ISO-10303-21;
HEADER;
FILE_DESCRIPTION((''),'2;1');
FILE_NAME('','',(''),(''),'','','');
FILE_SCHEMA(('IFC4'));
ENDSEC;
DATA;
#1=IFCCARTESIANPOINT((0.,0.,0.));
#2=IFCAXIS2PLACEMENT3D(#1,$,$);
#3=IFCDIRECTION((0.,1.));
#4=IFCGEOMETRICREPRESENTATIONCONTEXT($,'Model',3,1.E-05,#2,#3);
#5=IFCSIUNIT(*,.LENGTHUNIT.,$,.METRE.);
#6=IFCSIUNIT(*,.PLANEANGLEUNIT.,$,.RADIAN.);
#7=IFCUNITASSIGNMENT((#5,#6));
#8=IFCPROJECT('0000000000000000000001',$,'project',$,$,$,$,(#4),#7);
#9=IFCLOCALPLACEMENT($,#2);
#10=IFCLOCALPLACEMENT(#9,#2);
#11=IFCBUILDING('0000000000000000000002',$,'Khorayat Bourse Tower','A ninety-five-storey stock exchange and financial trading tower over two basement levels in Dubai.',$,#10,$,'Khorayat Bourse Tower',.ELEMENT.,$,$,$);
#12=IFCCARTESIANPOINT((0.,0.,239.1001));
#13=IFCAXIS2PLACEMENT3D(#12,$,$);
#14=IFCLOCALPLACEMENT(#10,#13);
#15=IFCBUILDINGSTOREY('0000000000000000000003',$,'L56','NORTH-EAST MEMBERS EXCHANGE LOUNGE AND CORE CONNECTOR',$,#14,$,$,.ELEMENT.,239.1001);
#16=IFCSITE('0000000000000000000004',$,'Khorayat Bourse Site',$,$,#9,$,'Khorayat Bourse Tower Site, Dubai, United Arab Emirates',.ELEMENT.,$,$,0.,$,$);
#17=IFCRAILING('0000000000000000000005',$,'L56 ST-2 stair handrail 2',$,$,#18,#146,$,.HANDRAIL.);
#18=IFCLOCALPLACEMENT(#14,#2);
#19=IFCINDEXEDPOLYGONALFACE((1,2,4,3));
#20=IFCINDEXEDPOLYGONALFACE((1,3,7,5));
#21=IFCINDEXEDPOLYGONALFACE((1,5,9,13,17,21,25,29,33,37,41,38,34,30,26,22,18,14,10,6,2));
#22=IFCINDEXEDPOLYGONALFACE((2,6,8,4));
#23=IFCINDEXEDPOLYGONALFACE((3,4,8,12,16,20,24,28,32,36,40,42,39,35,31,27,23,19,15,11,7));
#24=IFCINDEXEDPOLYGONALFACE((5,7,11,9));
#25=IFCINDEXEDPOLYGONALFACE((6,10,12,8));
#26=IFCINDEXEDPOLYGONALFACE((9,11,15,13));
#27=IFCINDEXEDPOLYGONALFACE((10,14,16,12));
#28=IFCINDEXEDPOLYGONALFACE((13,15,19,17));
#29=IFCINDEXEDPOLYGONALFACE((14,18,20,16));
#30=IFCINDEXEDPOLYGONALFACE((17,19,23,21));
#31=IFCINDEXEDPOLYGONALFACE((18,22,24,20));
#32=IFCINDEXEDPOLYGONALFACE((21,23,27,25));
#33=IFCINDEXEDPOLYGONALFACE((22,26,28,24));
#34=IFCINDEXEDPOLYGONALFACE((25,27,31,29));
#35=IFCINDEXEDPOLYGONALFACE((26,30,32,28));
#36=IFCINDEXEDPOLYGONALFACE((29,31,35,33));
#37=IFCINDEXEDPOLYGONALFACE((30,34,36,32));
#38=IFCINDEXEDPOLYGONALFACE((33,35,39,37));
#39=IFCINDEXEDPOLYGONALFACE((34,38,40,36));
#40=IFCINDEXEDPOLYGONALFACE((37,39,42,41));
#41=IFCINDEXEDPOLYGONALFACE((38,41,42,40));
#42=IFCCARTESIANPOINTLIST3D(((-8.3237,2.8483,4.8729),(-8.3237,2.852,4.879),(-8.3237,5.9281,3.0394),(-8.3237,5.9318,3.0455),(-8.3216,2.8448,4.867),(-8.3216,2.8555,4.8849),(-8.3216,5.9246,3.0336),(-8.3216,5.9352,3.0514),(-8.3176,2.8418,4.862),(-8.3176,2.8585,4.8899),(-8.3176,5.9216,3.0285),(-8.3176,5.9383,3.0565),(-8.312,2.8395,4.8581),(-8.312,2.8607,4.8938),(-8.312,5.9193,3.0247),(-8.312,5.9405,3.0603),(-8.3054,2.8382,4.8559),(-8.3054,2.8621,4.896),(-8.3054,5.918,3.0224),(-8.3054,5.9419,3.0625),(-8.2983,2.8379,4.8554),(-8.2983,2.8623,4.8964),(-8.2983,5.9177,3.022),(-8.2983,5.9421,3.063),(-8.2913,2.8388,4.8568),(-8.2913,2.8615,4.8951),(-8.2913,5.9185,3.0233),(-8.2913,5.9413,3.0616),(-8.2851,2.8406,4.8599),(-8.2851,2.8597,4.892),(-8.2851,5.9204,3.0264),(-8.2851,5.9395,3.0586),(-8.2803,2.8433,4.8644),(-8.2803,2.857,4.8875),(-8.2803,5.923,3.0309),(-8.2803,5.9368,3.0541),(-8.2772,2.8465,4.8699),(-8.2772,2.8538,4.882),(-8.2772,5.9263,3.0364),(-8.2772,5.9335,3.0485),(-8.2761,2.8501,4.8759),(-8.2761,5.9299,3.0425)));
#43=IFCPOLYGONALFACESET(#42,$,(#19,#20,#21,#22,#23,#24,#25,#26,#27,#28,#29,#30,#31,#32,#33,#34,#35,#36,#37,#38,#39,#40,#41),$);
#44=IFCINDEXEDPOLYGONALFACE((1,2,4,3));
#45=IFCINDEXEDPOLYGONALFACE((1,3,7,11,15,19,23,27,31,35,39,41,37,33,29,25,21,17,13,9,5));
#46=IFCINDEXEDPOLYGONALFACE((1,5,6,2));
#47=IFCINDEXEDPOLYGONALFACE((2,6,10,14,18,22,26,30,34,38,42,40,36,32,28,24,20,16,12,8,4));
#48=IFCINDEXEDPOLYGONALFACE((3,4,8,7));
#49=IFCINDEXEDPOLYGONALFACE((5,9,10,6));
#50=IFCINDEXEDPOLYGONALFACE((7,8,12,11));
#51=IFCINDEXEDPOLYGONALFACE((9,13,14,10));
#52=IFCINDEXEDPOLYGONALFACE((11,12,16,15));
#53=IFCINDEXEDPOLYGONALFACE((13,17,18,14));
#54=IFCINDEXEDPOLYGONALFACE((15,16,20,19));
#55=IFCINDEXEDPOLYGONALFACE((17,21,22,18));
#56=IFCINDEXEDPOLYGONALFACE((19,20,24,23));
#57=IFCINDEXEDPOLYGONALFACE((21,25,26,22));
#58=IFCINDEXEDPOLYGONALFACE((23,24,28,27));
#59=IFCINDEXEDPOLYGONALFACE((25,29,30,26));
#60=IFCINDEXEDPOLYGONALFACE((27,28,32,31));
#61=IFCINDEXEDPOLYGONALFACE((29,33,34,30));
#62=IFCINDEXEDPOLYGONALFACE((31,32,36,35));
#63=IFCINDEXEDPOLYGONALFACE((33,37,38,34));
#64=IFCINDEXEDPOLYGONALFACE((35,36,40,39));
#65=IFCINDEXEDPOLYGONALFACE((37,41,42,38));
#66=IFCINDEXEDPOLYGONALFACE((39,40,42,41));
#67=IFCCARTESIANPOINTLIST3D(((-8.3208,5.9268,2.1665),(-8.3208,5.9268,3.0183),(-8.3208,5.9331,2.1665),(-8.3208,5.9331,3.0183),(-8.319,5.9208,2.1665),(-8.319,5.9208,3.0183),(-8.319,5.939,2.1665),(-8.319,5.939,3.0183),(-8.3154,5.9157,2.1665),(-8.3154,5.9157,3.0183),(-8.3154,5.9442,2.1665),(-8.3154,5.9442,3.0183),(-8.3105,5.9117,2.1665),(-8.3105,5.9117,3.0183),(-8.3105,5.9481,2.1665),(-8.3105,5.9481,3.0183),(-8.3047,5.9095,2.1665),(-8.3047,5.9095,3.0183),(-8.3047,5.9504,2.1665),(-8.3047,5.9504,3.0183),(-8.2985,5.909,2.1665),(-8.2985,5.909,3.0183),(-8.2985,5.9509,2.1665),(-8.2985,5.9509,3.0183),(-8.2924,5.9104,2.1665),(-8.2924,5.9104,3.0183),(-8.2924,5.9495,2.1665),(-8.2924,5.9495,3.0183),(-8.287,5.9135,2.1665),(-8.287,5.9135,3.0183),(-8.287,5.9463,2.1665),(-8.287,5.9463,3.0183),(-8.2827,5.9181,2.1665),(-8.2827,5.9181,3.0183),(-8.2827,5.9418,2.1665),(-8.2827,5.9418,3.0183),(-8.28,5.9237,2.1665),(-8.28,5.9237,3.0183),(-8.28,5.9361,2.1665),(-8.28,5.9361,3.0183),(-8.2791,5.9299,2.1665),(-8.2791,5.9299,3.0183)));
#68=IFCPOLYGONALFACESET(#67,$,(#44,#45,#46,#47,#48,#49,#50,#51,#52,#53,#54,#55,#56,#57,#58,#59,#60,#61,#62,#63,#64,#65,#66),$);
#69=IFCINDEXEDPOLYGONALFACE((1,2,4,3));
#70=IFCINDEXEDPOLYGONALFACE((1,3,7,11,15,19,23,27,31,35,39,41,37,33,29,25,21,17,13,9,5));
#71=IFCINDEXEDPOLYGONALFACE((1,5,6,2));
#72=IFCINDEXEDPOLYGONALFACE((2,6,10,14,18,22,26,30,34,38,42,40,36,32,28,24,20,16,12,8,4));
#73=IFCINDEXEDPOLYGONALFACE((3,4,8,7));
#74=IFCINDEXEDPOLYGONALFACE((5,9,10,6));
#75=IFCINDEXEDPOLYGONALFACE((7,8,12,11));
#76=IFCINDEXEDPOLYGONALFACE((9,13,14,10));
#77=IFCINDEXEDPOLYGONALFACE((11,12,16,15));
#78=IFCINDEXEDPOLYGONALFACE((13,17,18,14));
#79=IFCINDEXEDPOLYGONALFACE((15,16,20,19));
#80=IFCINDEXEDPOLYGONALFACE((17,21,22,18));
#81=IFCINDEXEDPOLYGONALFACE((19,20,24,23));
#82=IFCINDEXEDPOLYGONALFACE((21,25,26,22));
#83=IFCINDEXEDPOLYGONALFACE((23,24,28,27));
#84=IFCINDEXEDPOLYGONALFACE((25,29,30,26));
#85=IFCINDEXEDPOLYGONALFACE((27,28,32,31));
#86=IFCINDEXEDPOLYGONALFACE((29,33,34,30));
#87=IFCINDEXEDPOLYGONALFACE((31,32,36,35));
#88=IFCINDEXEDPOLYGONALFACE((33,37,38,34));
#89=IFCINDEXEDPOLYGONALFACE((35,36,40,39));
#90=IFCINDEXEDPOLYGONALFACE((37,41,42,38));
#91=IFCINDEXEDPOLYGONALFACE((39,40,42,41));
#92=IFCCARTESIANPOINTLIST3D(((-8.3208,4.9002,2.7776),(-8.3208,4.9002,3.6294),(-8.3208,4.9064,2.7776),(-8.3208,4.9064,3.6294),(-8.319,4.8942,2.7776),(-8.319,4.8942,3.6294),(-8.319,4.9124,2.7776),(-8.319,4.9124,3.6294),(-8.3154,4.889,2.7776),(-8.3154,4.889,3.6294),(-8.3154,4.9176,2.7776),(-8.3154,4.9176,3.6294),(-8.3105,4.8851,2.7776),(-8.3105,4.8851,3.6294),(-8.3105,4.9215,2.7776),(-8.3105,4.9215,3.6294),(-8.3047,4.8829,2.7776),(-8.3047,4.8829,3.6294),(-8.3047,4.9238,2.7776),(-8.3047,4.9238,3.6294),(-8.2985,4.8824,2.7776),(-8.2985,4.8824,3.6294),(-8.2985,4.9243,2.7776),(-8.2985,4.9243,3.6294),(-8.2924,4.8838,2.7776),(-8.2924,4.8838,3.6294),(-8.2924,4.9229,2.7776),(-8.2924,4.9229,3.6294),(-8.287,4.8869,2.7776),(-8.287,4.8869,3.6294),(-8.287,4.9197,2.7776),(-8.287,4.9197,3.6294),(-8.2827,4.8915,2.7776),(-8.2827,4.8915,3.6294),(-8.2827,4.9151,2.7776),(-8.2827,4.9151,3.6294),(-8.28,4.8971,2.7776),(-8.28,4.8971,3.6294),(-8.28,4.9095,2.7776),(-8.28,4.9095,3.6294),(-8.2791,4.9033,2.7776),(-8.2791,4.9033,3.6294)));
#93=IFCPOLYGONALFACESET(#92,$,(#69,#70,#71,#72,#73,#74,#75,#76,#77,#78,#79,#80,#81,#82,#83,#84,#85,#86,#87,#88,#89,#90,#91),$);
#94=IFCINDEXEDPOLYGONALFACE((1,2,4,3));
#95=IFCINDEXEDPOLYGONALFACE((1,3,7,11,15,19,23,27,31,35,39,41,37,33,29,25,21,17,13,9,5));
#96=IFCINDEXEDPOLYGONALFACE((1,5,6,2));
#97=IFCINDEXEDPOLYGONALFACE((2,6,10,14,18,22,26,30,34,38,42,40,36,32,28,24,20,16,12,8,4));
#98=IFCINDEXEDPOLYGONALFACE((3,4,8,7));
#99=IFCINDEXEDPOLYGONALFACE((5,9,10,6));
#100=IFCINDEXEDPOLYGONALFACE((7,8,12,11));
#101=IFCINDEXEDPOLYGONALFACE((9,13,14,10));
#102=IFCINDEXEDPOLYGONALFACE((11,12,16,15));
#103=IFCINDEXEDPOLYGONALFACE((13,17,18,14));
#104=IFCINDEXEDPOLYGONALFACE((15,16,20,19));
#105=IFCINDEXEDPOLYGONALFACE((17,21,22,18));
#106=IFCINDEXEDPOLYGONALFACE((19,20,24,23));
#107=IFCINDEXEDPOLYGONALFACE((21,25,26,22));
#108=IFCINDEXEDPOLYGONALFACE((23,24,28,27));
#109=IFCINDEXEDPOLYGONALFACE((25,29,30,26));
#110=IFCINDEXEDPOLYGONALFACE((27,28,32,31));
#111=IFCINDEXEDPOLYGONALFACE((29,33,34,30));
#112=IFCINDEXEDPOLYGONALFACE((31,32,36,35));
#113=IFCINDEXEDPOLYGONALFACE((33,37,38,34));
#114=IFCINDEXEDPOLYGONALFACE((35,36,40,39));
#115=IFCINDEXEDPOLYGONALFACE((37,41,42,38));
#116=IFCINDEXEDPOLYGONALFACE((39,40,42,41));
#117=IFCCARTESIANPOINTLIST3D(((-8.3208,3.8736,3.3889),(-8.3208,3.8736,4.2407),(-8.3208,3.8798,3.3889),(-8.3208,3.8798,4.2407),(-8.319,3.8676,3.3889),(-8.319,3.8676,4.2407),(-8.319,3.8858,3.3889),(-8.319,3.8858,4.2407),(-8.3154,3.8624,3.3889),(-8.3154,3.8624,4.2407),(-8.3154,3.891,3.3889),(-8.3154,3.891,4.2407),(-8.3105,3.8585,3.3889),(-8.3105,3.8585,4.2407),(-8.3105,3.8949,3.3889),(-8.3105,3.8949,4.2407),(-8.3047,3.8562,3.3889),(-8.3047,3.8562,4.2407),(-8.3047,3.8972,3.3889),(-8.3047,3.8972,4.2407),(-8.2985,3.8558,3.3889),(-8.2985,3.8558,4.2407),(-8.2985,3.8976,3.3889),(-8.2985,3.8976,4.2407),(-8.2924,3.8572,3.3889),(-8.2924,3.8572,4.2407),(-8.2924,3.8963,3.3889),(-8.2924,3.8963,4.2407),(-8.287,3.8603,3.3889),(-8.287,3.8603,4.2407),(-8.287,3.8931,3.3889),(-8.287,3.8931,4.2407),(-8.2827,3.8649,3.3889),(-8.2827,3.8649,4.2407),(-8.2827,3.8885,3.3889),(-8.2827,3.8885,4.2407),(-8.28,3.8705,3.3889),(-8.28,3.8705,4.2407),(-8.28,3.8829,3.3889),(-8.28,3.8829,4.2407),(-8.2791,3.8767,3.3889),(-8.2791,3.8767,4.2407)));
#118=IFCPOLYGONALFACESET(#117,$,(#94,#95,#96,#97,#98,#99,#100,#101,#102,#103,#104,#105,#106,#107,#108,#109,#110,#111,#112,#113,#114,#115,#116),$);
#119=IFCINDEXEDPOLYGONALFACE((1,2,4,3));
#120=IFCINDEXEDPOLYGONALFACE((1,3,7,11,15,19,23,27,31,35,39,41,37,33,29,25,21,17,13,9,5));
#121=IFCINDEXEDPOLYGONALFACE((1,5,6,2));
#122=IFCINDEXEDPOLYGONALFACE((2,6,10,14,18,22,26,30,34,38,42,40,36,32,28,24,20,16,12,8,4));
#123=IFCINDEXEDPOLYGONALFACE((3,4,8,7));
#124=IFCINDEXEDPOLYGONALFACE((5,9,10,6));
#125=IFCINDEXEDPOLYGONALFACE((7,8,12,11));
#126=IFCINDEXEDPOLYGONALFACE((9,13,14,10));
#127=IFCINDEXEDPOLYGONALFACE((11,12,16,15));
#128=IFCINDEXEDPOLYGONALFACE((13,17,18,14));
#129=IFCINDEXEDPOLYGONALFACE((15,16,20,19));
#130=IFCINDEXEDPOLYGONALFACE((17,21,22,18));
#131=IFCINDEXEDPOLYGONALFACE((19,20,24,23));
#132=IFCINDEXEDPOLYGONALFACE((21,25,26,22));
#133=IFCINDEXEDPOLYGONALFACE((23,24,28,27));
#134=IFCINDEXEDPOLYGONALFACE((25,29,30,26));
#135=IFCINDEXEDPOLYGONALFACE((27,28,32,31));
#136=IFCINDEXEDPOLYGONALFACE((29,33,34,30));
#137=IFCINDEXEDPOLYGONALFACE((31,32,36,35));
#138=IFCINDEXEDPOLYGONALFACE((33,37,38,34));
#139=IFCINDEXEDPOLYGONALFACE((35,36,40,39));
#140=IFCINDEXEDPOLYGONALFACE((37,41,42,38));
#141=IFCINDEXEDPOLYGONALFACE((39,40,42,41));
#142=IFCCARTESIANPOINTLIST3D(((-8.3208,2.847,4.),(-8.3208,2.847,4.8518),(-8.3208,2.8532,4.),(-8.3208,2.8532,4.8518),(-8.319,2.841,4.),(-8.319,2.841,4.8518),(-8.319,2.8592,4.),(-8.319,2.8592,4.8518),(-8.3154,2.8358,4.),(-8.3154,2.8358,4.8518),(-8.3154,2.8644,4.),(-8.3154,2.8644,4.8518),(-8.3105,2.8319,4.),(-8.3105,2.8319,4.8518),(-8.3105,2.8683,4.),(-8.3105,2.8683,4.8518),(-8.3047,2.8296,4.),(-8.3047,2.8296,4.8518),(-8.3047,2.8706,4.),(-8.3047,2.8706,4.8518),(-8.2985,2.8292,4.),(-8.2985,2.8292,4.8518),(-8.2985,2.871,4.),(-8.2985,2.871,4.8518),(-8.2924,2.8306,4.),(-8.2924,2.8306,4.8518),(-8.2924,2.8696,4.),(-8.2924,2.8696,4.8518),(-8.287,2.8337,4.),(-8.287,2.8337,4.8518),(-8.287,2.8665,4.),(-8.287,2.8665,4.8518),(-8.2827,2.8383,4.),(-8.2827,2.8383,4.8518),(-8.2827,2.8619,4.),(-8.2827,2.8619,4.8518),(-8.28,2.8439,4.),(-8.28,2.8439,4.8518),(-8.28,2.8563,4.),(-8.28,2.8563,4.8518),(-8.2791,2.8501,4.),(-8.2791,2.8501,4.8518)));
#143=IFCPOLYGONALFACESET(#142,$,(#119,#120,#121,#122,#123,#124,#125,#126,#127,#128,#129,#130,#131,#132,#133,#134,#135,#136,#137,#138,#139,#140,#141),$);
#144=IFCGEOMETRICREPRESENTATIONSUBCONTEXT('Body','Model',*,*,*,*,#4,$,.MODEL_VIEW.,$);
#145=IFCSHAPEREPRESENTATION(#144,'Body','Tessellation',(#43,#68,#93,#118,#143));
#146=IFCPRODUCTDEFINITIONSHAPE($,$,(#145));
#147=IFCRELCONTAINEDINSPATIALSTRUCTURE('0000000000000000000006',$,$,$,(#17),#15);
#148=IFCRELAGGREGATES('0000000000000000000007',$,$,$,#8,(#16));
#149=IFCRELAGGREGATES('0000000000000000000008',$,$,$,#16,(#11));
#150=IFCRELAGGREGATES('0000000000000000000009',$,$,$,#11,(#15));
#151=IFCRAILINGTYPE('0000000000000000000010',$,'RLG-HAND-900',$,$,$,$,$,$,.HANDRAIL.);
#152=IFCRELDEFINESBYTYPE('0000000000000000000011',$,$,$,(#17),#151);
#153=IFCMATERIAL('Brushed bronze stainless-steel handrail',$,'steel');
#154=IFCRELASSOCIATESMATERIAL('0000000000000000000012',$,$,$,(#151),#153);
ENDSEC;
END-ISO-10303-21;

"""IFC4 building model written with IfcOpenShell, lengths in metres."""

from ifc_helpers import new_model, si_unit, direction, frame, origin, origin_2d, place, context, subcontext, project, spatial, circle, extrude, source, transform, mapped, material, type_object, element, save


model = new_model("IFC4")

# Units and contexts
model_context = context("Model", 3, precision=1e-05, world=origin(), true_north=direction((0.0, 1.0)))
body_context = subcontext(model_context, "Body", "Model", "MODEL_VIEW")
ifc_project = project(units=[si_unit("LENGTHUNIT", "METRE"), si_unit("PLANEANGLEUNIT", "RADIAN")], contexts=[model_context])

# Site, building, storey
site_placement = place(None, origin())
site = spatial("IfcSite", under=ifc_project, at=site_placement, Name="Khorayat Bourse Site", LongName="Khorayat Bourse Tower Site, Dubai, United Arab Emirates", CompositionType="ELEMENT", RefElevation=0.0)
building_placement = place(site_placement, origin())
building = spatial("IfcBuilding", under=site, at=building_placement, Name="Khorayat Bourse Tower", Description="A ninety-five-storey stock exchange and financial trading tower over two basement levels in Dubai.", LongName="Khorayat Bourse Tower", CompositionType="ELEMENT")
storey_placement = place(building_placement, frame((0.0, 0.0, 239.1001)))
storey = spatial("IfcBuildingStorey", under=building, at=storey_placement, Name="L56", Description="NORTH-EAST MEMBERS EXCHANGE LOUNGE AND CORE CONNECTOR", CompositionType="ELEMENT", Elevation=239.1001)

# Railing
ifc_material_1 = material(Name="Brushed bronze stainless-steel handrail", Category="steel")
railing_type_1 = type_object("IfcRailingType", Name="RLG-HAND-900", PredefinedType="HANDRAIL", material=ifc_material_1)
shared_shape_1 = source(origin(), body_context, "Body", "SweptSolid", [
    extrude(circle(Radius=0.0239, at=origin_2d()), frame((0.0, 0.0, 0.876), z_axis=(0.0, -0.859261, 0.511538), x_axis=(1.0, 0.0, 0.0)), (0.0, 0.0, 1.0), 3.5842),
    extrude(circle(Radius=0.021, at=origin_2d()), origin(), (0.0, 0.0, 1.0), 0.8518),
    extrude(circle(Radius=0.021, at=origin_2d()), frame((0.0, -1.0266, 0.6111)), (0.0, 0.0, 1.0), 0.8518),
    extrude(circle(Radius=0.021, at=origin_2d()), frame((0.0, -2.0532, 1.2224)), (0.0, 0.0, 1.0), 0.8518),
    extrude(circle(Radius=0.021, at=origin_2d()), frame((0.0, -3.0798, 1.8335)), (0.0, 0.0, 1.0), 0.8518),
])
railing_1_placement = place(storey_placement, frame((-8.3, 5.9299, 2.1665)))
element("IfcRailing", 1, at=railing_1_placement, inside=storey, type_object=railing_type_1, Name="L56 ST-2 stair handrail 2", PredefinedType="HANDRAIL", context=body_context, shape_type="MappedRepresentation", body=[
    mapped(shared_shape_1, transform((0.0, 0.0, 0.0), scale=1.0)),
])

save(model, "model.ifc")
